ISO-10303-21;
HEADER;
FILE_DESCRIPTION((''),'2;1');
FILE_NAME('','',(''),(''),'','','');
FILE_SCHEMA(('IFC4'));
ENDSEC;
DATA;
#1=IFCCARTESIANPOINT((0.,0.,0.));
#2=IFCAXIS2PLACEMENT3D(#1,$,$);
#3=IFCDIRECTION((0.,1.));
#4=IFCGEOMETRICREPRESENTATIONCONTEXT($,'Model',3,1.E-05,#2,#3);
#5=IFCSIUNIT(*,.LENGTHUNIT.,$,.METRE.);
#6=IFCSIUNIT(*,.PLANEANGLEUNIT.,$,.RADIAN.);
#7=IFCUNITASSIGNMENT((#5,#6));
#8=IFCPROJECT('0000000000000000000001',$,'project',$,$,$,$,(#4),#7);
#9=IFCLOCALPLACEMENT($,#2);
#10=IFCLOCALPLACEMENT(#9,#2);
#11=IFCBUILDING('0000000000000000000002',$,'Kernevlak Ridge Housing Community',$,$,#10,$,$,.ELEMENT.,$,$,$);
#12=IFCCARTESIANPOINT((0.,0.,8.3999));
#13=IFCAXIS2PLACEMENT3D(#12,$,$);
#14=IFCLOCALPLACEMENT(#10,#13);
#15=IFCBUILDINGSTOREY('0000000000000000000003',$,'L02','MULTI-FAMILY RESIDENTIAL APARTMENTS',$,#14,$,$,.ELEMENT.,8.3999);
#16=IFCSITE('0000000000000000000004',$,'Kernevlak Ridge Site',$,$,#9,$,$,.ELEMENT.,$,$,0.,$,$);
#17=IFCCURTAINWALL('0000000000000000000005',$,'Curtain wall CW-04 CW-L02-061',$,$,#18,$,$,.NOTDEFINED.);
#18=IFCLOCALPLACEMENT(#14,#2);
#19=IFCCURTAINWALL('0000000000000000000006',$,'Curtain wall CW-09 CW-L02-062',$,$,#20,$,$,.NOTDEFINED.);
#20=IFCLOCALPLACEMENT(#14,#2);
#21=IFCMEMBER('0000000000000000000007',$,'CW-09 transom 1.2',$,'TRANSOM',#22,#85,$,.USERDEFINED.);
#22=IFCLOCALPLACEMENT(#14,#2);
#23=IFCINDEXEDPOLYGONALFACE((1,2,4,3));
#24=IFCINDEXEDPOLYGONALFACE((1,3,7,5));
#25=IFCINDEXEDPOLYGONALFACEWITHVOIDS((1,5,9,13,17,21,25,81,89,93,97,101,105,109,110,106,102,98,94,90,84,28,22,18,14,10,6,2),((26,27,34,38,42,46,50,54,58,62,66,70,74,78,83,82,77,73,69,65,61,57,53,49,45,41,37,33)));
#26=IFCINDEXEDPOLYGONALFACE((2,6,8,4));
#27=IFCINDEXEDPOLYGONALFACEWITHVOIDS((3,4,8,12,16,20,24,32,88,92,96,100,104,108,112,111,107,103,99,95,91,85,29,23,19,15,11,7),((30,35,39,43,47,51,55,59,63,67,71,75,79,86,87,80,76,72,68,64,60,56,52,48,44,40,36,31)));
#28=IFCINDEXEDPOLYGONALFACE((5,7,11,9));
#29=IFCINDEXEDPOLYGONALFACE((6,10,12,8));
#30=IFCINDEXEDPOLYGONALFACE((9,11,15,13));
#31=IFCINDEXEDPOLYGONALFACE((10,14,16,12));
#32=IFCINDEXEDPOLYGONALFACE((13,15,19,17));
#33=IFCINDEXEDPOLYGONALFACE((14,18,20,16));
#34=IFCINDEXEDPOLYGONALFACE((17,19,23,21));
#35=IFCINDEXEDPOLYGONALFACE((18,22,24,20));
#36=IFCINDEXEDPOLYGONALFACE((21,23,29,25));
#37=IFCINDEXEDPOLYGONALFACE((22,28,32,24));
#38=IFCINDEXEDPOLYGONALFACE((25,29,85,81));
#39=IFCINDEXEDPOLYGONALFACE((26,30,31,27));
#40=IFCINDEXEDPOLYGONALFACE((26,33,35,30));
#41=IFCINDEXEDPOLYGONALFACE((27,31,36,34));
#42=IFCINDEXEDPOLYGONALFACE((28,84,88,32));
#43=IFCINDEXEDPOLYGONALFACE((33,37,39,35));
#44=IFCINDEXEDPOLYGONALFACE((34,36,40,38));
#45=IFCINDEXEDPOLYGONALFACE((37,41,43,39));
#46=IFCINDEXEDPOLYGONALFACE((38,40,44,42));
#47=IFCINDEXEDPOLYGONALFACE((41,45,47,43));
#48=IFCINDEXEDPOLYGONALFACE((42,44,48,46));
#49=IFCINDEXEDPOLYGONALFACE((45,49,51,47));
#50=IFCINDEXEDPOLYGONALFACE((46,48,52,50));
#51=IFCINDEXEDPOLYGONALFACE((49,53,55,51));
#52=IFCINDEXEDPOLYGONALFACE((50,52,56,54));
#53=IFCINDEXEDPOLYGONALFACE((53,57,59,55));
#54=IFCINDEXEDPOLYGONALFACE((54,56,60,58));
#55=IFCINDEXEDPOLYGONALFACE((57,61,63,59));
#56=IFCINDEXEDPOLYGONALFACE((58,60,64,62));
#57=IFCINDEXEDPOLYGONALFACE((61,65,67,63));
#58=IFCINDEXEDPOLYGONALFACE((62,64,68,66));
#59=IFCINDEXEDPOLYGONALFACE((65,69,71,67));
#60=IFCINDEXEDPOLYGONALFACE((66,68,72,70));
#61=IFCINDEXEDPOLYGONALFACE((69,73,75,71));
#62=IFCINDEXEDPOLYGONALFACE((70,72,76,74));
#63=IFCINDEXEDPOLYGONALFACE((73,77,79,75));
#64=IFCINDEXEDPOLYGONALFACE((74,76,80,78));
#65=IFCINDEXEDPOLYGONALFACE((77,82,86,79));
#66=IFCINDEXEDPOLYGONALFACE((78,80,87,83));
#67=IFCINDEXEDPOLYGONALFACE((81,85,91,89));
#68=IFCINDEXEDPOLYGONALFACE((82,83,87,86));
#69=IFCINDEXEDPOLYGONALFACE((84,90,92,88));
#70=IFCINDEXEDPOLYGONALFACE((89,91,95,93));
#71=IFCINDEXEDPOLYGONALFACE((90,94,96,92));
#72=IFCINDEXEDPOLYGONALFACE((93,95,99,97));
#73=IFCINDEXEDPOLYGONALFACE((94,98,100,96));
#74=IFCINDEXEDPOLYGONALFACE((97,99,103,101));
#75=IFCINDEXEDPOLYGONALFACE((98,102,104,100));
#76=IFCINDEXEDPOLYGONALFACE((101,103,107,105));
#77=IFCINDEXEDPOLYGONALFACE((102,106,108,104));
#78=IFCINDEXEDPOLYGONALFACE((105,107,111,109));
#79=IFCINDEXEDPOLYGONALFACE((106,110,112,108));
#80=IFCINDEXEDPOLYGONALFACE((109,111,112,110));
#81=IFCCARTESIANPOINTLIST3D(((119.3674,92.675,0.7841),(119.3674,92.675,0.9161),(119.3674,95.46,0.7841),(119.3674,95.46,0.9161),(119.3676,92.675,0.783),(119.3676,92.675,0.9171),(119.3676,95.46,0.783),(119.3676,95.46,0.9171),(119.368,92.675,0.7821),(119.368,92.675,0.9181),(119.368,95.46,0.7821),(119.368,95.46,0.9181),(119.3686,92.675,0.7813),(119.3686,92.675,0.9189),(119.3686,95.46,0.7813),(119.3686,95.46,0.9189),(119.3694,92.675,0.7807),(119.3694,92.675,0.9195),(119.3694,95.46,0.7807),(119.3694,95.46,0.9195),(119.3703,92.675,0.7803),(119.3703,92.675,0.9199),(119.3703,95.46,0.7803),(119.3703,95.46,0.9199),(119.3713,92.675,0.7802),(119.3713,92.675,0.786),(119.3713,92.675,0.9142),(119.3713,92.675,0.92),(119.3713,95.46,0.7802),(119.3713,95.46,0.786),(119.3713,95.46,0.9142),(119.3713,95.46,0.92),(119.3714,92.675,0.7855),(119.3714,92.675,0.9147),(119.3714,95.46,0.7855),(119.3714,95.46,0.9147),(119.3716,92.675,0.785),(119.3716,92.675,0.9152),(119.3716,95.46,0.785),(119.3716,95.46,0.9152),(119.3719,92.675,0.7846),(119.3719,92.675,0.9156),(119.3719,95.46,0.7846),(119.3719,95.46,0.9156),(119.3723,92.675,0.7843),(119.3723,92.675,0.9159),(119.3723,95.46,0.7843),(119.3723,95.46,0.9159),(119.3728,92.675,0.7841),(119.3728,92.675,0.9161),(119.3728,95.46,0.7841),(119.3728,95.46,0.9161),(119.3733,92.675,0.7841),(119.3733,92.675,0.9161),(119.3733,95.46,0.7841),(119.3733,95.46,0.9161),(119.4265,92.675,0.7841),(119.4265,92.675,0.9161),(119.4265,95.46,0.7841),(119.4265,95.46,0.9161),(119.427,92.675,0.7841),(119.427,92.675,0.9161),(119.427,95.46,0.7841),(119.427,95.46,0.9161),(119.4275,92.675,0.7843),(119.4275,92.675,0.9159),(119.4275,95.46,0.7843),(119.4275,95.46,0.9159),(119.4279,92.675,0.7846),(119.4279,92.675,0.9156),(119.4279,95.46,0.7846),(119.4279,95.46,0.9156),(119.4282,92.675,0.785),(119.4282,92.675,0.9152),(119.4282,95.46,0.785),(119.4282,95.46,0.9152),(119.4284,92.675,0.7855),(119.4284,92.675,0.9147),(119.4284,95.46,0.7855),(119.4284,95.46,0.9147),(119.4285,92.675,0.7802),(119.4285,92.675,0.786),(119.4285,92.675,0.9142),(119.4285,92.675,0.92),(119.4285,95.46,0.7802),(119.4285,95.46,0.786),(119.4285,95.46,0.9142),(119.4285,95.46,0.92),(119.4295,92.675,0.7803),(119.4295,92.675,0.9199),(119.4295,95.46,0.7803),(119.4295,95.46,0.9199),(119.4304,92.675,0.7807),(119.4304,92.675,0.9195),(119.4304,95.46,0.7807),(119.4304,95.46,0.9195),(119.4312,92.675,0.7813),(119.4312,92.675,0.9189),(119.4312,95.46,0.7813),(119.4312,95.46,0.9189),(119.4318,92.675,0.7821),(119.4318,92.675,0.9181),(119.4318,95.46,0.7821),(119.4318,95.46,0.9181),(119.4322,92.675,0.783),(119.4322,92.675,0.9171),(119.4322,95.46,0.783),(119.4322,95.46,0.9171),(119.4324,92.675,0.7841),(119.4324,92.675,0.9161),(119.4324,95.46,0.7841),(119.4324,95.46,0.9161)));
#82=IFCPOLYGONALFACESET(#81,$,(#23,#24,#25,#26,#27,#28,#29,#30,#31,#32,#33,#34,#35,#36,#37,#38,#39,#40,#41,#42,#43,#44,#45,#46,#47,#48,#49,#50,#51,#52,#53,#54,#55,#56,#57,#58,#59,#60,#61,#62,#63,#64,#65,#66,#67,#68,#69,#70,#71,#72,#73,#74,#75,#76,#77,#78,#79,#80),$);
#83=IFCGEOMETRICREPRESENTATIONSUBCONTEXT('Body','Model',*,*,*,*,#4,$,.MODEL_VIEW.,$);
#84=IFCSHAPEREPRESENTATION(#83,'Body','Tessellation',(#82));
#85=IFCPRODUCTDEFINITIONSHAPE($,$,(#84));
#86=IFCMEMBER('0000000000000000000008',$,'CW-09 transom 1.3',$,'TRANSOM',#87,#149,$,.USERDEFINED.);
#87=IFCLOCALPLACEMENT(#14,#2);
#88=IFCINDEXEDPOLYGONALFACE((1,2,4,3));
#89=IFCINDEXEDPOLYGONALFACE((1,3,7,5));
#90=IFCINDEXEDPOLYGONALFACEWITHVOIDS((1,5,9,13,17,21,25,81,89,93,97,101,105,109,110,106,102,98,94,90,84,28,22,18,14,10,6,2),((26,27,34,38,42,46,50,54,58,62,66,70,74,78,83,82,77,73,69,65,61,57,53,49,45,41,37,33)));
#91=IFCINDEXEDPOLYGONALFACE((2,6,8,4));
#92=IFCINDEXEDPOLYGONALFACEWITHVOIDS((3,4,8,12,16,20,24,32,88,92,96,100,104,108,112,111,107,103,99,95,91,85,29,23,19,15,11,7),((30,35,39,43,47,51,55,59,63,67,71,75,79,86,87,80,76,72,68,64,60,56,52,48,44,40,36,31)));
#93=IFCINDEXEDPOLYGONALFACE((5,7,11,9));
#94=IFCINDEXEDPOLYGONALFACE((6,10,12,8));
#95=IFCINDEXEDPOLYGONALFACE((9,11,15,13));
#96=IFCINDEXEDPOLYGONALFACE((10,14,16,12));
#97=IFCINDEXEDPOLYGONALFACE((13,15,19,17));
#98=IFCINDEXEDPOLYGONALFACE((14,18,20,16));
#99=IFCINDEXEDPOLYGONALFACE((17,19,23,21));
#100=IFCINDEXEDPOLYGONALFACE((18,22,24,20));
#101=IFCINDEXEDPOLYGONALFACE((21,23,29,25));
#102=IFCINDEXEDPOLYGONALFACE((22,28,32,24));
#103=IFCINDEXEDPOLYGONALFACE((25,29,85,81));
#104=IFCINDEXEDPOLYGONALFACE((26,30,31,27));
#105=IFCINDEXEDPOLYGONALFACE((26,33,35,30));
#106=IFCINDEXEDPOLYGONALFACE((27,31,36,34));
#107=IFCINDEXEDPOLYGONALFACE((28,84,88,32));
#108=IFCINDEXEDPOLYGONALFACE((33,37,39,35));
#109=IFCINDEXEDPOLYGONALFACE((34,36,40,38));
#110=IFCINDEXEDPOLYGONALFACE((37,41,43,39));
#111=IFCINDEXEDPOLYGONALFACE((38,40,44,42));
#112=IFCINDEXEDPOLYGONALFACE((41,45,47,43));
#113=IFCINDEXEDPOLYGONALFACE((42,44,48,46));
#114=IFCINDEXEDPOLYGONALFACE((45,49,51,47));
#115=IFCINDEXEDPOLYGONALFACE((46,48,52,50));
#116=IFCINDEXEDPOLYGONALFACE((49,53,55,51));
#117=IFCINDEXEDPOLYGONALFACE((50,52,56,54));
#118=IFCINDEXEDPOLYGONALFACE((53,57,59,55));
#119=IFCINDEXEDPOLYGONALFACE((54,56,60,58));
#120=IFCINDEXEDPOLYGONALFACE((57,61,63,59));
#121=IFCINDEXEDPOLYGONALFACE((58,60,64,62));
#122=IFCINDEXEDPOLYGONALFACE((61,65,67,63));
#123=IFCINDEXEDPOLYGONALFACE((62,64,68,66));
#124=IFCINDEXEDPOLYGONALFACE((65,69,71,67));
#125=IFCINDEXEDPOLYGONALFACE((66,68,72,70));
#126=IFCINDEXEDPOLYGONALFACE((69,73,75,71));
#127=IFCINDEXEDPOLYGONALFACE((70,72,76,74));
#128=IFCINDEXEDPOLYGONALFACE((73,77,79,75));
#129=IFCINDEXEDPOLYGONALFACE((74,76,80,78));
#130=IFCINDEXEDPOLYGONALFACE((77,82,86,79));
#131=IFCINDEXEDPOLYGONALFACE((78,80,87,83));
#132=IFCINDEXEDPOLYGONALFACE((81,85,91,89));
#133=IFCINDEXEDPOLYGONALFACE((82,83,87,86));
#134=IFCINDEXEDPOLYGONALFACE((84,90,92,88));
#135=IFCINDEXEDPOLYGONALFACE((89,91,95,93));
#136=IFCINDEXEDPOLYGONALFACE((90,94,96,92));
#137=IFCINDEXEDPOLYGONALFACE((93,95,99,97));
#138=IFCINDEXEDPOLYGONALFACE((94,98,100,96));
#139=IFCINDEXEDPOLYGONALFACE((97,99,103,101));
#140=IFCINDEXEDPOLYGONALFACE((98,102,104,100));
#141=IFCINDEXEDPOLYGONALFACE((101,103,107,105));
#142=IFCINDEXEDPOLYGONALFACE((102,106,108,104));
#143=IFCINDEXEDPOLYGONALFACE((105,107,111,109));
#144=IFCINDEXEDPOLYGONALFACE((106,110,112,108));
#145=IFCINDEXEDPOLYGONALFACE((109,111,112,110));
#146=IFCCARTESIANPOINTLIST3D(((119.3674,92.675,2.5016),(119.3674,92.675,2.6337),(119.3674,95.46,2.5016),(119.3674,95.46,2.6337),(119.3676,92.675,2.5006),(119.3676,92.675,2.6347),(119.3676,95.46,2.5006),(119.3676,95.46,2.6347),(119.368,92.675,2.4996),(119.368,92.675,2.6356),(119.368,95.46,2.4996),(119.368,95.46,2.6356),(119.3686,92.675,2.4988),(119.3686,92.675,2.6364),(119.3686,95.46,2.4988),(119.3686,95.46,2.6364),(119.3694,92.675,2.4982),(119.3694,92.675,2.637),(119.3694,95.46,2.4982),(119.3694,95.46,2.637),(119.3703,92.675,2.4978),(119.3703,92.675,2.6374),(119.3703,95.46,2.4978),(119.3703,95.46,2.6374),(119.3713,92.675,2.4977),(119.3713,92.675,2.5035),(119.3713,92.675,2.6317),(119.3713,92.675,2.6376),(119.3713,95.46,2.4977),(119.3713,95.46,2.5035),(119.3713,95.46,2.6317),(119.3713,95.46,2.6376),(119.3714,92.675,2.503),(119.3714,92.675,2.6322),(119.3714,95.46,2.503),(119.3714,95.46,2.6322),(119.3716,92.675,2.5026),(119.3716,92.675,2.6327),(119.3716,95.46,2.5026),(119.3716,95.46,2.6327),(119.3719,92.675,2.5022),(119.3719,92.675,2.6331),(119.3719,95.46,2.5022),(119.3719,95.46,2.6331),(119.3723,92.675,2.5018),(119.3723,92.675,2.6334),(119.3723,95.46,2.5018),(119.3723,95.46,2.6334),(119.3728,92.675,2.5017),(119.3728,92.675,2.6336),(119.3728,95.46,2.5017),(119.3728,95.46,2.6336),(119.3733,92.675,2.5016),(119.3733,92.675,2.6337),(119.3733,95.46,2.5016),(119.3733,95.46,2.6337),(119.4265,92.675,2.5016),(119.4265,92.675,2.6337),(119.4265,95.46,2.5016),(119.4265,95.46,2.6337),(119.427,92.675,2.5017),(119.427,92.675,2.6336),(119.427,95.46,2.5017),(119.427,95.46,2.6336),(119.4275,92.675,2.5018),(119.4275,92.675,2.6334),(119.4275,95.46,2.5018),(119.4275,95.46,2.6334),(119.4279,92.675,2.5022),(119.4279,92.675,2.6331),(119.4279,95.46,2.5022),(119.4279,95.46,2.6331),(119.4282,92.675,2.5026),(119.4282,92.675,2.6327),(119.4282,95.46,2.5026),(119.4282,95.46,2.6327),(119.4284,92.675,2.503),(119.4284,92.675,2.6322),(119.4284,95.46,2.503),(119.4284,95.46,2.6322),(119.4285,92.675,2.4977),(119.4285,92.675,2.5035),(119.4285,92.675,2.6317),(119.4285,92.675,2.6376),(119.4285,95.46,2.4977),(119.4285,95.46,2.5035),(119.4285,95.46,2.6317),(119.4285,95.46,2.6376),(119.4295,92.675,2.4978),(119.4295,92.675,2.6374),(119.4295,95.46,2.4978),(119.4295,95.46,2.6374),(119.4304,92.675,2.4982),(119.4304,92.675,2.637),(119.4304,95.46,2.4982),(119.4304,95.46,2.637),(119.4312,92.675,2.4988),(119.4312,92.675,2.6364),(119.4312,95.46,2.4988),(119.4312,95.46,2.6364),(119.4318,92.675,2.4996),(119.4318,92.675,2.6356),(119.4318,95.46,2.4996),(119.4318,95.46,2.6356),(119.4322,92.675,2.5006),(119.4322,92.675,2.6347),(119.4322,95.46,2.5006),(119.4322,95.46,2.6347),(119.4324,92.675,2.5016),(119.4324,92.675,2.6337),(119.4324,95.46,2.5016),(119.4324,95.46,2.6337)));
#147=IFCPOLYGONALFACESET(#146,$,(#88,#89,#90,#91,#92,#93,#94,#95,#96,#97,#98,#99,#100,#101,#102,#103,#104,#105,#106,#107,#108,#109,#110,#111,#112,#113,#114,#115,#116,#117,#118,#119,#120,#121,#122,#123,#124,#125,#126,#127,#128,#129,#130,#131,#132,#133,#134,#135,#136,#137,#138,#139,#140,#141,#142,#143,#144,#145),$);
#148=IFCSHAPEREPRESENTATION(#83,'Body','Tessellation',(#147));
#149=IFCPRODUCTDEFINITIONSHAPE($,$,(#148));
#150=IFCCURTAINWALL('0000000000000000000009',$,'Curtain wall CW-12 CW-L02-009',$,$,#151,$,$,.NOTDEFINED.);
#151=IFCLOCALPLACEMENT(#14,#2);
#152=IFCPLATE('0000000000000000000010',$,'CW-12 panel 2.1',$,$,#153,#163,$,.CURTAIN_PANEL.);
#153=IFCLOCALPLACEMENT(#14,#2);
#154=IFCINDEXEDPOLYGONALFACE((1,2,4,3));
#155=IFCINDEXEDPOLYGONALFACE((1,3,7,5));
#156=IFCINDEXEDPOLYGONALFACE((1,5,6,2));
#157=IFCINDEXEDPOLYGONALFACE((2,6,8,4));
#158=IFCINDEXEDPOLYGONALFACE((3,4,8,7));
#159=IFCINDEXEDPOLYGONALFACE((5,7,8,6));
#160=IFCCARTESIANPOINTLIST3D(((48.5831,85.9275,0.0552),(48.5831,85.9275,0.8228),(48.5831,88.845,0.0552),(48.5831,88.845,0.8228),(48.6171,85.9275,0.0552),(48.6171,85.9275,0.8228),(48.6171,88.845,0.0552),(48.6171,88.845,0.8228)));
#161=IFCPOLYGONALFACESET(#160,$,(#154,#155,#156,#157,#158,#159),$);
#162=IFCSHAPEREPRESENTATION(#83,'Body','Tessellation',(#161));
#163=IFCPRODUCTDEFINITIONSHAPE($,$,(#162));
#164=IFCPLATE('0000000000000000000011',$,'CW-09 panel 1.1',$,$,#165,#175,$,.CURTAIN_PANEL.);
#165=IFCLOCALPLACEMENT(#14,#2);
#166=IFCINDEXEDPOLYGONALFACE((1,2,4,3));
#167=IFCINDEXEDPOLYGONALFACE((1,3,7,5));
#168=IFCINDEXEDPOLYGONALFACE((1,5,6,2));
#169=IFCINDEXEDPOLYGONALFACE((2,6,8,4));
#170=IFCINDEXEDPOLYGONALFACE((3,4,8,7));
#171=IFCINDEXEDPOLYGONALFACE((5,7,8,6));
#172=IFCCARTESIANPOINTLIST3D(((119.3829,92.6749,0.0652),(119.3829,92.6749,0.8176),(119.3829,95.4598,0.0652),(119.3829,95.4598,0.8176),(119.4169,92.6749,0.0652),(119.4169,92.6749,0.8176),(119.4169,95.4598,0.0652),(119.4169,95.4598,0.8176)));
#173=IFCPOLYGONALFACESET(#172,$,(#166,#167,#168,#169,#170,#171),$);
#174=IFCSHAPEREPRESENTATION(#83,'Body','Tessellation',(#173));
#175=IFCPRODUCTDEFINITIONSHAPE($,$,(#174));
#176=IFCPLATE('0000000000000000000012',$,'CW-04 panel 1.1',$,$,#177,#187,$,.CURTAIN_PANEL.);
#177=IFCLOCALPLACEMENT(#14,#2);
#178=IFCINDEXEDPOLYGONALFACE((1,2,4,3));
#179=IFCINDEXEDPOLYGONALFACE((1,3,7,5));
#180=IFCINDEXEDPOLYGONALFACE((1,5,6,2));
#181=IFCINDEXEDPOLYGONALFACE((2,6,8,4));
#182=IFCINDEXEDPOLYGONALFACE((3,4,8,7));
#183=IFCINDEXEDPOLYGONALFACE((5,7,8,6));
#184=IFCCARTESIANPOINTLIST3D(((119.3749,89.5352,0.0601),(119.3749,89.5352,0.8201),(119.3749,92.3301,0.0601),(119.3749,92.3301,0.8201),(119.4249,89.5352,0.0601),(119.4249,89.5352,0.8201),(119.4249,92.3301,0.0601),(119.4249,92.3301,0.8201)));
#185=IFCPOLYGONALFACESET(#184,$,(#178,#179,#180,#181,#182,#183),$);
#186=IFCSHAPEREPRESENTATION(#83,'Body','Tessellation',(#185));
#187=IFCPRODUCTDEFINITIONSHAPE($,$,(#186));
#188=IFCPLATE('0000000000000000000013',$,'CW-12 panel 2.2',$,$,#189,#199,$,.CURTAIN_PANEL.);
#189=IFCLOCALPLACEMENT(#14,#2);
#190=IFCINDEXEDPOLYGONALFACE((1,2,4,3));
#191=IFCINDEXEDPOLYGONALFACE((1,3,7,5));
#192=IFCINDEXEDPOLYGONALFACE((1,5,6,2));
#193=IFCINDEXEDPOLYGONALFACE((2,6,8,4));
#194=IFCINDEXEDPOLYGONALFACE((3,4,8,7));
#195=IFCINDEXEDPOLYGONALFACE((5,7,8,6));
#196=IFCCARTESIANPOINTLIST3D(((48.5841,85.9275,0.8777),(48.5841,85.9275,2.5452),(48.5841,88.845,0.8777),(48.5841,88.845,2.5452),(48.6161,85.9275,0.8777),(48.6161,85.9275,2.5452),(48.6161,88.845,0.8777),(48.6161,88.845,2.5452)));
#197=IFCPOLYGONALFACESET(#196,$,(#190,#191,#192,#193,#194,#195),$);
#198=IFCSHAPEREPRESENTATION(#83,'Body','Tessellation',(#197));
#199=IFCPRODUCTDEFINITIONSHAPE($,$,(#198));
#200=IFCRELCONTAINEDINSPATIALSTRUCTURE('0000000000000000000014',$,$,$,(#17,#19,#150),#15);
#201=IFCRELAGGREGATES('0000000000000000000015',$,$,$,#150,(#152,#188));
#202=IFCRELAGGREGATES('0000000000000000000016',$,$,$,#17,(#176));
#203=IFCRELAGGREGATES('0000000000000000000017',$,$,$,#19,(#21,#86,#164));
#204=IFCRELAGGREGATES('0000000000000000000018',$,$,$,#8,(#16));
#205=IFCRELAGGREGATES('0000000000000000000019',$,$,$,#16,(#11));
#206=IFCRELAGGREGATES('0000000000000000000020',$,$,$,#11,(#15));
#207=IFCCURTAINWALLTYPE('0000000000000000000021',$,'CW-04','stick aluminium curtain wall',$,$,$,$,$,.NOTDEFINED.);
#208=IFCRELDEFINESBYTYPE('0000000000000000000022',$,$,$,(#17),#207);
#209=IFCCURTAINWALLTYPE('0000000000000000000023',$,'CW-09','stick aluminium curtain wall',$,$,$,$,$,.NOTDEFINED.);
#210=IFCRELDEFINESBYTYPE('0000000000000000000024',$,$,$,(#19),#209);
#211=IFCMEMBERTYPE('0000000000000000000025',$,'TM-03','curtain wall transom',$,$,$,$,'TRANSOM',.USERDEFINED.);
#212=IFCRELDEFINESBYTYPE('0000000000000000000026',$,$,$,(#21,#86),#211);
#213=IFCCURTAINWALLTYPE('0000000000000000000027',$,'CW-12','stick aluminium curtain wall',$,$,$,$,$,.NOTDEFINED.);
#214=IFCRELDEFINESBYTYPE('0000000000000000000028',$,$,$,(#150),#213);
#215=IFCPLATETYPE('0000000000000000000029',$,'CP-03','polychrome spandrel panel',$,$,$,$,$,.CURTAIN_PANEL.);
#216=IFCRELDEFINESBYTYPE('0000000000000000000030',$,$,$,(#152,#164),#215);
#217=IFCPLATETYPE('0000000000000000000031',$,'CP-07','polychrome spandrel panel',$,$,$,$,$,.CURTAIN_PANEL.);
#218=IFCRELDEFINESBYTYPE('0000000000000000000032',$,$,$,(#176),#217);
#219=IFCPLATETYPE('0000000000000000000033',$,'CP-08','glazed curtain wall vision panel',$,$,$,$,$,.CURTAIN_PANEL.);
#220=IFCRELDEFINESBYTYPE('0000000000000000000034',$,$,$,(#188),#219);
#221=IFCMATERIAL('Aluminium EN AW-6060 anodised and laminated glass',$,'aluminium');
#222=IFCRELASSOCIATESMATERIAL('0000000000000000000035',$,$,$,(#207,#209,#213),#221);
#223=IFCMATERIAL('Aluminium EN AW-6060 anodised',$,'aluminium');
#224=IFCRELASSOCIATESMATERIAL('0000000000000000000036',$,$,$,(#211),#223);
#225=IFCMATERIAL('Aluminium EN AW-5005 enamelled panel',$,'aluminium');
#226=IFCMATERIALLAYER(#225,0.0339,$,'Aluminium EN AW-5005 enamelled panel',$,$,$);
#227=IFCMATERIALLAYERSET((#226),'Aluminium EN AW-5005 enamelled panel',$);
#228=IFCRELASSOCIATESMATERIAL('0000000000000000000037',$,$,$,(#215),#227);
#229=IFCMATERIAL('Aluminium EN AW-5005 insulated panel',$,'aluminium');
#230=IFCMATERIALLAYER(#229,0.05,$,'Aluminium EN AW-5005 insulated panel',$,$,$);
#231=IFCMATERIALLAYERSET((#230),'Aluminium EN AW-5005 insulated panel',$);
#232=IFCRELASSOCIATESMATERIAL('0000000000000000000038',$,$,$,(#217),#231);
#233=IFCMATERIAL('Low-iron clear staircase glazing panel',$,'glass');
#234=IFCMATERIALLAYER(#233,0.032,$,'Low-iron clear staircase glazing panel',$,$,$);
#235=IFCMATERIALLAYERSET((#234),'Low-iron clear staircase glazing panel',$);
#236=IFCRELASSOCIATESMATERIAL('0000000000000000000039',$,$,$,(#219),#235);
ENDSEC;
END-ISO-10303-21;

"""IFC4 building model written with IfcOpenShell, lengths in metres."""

from ifc_helpers import new_model, si_unit, direction, frame, origin, origin_2d, place, context, subcontext, project, spatial, rectangle, hollow_rectangle, extrude, material, layer, layer_set, material_profile, profile_set, type_object, element, aggregate, save


model = new_model("IFC4")

# Units and contexts
model_context = context("Model", 3, precision=1e-05, world=origin(), true_north=direction((0.0, 1.0)))
body_context = subcontext(model_context, "Body", "Model", "MODEL_VIEW")
ifc_project = project(units=[si_unit("LENGTHUNIT", "METRE"), si_unit("PLANEANGLEUNIT", "RADIAN")], contexts=[model_context])

# Site, building, storey
site_placement = place(None, origin())
site = spatial("IfcSite", under=ifc_project, at=site_placement, Name="Kernevlak Ridge Site", CompositionType="ELEMENT", RefElevation=0.0)
building_placement = place(site_placement, origin())
building = spatial("IfcBuilding", under=site, at=building_placement, Name="Kernevlak Ridge Housing Community", CompositionType="ELEMENT")
storey_placement = place(building_placement, frame((0.0, 0.0, 8.3999)))
storey = spatial("IfcBuildingStorey", under=building, at=storey_placement, Name="L02", Description="MULTI-FAMILY RESIDENTIAL APARTMENTS", CompositionType="ELEMENT", Elevation=8.3999)

# Curtain walls
ifc_material_1 = material(Name="Aluminium EN AW-6060 anodised and laminated glass", Category="aluminium")
curtain_wall_type_1 = type_object("IfcCurtainWallType", Name="CW-04", Description="stick aluminium curtain wall", PredefinedType="NOTDEFINED", material=ifc_material_1)
curtain_wall_1_placement = place(storey_placement, origin())
curtain_wall_1 = element("IfcCurtainWall", 1, at=curtain_wall_1_placement, inside=storey, type_object=curtain_wall_type_1, Name="Curtain wall CW-04 CW-L02-061", PredefinedType="NOTDEFINED")
ifc_material_2 = material(Name="Aluminium EN AW-6060 anodised", Category="aluminium")
curtain_wall_type_2 = type_object("IfcCurtainWallType", Name="CW-09", Description="stick aluminium curtain wall", PredefinedType="NOTDEFINED", material=ifc_material_1)
curtain_wall_2_placement = place(storey_placement, origin())
curtain_wall_2 = element("IfcCurtainWall", 2, at=curtain_wall_2_placement, inside=storey, type_object=curtain_wall_type_2, Name="Curtain wall CW-09 CW-L02-062", PredefinedType="NOTDEFINED")

# Members
ifc_material_profile_1 = material_profile(ifc_material_2, hollow_rectangle(XDim=0.0649, YDim=0.1399, WallThickness=0.0039, InnerFilletRadius=0.002, OuterFilletRadius=0.0039, at=origin_2d()), Name="ALU 65x140x4")
ifc_profile_set_1 = profile_set([ifc_material_profile_1], Name="Aluminium EN AW-6060 anodised")
member_type_1 = type_object("IfcMemberType", Name="TM-03", Description="curtain wall transom", ElementType="TRANSOM", PredefinedType="USERDEFINED", material=ifc_profile_set_1)
member_1_placement = place(storey_placement, frame((119.3999, 92.675, 0.8501), z_axis=(0.0, 1.0, 0.0), x_axis=(-1.0, 0.0, 0.0)))
member_1 = element("IfcMember", 3, at=member_1_placement, type_object=member_type_1, Name="CW-09 transom 1.2", ObjectType="TRANSOM", PredefinedType="USERDEFINED", context=body_context, shape_type="SweptSolid", body=[
    extrude(hollow_rectangle(XDim=0.0649, YDim=0.1399, WallThickness=0.0039, InnerFilletRadius=0.002, OuterFilletRadius=0.0039, at=origin_2d()), origin(), (0.0, 0.0, 1.0), 2.7849),
])
member_2_placement = place(storey_placement, frame((119.3999, 92.675, 2.5676), z_axis=(0.0, 1.0, 0.0), x_axis=(-1.0, 0.0, 0.0)))
member_2 = element("IfcMember", 4, at=member_2_placement, type_object=member_type_1, Name="CW-09 transom 1.3", ObjectType="TRANSOM", PredefinedType="USERDEFINED", context=body_context, shape_type="SweptSolid", body=[
    extrude(hollow_rectangle(XDim=0.0649, YDim=0.1399, WallThickness=0.0039, InnerFilletRadius=0.002, OuterFilletRadius=0.0039, at=origin_2d()), origin(), (0.0, 0.0, 1.0), 2.7849),
])

# Curtain wall, plate
curtain_wall_type_3 = type_object("IfcCurtainWallType", Name="CW-12", Description="stick aluminium curtain wall", PredefinedType="NOTDEFINED", material=ifc_material_1)
curtain_wall_3_placement = place(storey_placement, origin())
curtain_wall_3 = element("IfcCurtainWall", 5, at=curtain_wall_3_placement, inside=storey, type_object=curtain_wall_type_3, Name="Curtain wall CW-12 CW-L02-009", PredefinedType="NOTDEFINED")
ifc_material_3 = material(Name="Aluminium EN AW-5005 enamelled panel", Category="aluminium")
ifc_layer_1 = layer(ifc_material_3, 0.0339, Name="Aluminium EN AW-5005 enamelled panel")
ifc_layer_set_1 = layer_set([ifc_layer_1], Name="Aluminium EN AW-5005 enamelled panel")
plate_type_1 = type_object("IfcPlateType", Name="CP-03", Description="polychrome spandrel panel", PredefinedType="CURTAIN_PANEL", material=ifc_layer_set_1)
plate_1_placement = place(storey_placement, frame((48.6001, 87.3862, 0.0552), z_axis=(0.0, 0.0, 1.0), x_axis=(0.0, 1.0, 0.0)))
plate_1 = element("IfcPlate", 6, at=plate_1_placement, type_object=plate_type_1, Name="CW-12 panel 2.1", PredefinedType="CURTAIN_PANEL", context=body_context, shape_type="SweptSolid", body=[
    extrude(rectangle(XDim=2.9175, YDim=0.0339, at=origin_2d()), origin(), (0.0, 0.0, 1.0), 0.7676),
])

# Plates
plate_2_placement = place(storey_placement, frame((119.3999, 94.0674, 0.0652), z_axis=(0.0, 0.0, 1.0), x_axis=(0.0, 1.0, 0.0)))
plate_2 = element("IfcPlate", 7, at=plate_2_placement, type_object=plate_type_1, Name="CW-09 panel 1.1", PredefinedType="CURTAIN_PANEL", context=body_context, shape_type="SweptSolid", body=[
    extrude(rectangle(XDim=2.7849, YDim=0.0339, at=origin_2d()), origin(), (0.0, 0.0, 1.0), 0.7524),
])
ifc_material_4 = material(Name="Aluminium EN AW-5005 insulated panel", Category="aluminium")
ifc_layer_2 = layer(ifc_material_4, 0.05, Name="Aluminium EN AW-5005 insulated panel")
ifc_layer_set_2 = layer_set([ifc_layer_2], Name="Aluminium EN AW-5005 insulated panel")
plate_type_2 = type_object("IfcPlateType", Name="CP-07", Description="polychrome spandrel panel", PredefinedType="CURTAIN_PANEL", material=ifc_layer_set_2)
plate_3_placement = place(storey_placement, frame((119.3999, 90.9326, 0.0601), z_axis=(0.0, 0.0, 1.0), x_axis=(0.0, 1.0, 0.0)))
plate_3 = element("IfcPlate", 8, at=plate_3_placement, type_object=plate_type_2, Name="CW-04 panel 1.1", PredefinedType="CURTAIN_PANEL", context=body_context, shape_type="SweptSolid", body=[
    extrude(rectangle(XDim=2.7949, YDim=0.05, at=origin_2d()), origin(), (0.0, 0.0, 1.0), 0.76),
])
ifc_material_5 = material(Name="Low-iron clear staircase glazing panel", Category="glass")
ifc_layer_3 = layer(ifc_material_5, 0.032, Name="Low-iron clear staircase glazing panel")
ifc_layer_set_3 = layer_set([ifc_layer_3], Name="Low-iron clear staircase glazing panel")
plate_type_3 = type_object("IfcPlateType", Name="CP-08", Description="glazed curtain wall vision panel", PredefinedType="CURTAIN_PANEL", material=ifc_layer_set_3)
plate_4_placement = place(storey_placement, frame((48.6001, 87.3862, 0.8777), z_axis=(0.0, 0.0, 1.0), x_axis=(0.0, 1.0, 0.0)))
plate_4 = element("IfcPlate", 9, at=plate_4_placement, type_object=plate_type_3, Name="CW-12 panel 2.2", PredefinedType="CURTAIN_PANEL", context=body_context, shape_type="SweptSolid", body=[
    extrude(rectangle(XDim=2.9175, YDim=0.032, at=origin_2d()), origin(), (0.0, 0.0, 1.0), 1.6675),
])
aggregate(curtain_wall_3, [plate_1, plate_4])
aggregate(curtain_wall_1, [plate_3])
aggregate(curtain_wall_2, [member_1, member_2, plate_2])

save(model, "model.ifc")
